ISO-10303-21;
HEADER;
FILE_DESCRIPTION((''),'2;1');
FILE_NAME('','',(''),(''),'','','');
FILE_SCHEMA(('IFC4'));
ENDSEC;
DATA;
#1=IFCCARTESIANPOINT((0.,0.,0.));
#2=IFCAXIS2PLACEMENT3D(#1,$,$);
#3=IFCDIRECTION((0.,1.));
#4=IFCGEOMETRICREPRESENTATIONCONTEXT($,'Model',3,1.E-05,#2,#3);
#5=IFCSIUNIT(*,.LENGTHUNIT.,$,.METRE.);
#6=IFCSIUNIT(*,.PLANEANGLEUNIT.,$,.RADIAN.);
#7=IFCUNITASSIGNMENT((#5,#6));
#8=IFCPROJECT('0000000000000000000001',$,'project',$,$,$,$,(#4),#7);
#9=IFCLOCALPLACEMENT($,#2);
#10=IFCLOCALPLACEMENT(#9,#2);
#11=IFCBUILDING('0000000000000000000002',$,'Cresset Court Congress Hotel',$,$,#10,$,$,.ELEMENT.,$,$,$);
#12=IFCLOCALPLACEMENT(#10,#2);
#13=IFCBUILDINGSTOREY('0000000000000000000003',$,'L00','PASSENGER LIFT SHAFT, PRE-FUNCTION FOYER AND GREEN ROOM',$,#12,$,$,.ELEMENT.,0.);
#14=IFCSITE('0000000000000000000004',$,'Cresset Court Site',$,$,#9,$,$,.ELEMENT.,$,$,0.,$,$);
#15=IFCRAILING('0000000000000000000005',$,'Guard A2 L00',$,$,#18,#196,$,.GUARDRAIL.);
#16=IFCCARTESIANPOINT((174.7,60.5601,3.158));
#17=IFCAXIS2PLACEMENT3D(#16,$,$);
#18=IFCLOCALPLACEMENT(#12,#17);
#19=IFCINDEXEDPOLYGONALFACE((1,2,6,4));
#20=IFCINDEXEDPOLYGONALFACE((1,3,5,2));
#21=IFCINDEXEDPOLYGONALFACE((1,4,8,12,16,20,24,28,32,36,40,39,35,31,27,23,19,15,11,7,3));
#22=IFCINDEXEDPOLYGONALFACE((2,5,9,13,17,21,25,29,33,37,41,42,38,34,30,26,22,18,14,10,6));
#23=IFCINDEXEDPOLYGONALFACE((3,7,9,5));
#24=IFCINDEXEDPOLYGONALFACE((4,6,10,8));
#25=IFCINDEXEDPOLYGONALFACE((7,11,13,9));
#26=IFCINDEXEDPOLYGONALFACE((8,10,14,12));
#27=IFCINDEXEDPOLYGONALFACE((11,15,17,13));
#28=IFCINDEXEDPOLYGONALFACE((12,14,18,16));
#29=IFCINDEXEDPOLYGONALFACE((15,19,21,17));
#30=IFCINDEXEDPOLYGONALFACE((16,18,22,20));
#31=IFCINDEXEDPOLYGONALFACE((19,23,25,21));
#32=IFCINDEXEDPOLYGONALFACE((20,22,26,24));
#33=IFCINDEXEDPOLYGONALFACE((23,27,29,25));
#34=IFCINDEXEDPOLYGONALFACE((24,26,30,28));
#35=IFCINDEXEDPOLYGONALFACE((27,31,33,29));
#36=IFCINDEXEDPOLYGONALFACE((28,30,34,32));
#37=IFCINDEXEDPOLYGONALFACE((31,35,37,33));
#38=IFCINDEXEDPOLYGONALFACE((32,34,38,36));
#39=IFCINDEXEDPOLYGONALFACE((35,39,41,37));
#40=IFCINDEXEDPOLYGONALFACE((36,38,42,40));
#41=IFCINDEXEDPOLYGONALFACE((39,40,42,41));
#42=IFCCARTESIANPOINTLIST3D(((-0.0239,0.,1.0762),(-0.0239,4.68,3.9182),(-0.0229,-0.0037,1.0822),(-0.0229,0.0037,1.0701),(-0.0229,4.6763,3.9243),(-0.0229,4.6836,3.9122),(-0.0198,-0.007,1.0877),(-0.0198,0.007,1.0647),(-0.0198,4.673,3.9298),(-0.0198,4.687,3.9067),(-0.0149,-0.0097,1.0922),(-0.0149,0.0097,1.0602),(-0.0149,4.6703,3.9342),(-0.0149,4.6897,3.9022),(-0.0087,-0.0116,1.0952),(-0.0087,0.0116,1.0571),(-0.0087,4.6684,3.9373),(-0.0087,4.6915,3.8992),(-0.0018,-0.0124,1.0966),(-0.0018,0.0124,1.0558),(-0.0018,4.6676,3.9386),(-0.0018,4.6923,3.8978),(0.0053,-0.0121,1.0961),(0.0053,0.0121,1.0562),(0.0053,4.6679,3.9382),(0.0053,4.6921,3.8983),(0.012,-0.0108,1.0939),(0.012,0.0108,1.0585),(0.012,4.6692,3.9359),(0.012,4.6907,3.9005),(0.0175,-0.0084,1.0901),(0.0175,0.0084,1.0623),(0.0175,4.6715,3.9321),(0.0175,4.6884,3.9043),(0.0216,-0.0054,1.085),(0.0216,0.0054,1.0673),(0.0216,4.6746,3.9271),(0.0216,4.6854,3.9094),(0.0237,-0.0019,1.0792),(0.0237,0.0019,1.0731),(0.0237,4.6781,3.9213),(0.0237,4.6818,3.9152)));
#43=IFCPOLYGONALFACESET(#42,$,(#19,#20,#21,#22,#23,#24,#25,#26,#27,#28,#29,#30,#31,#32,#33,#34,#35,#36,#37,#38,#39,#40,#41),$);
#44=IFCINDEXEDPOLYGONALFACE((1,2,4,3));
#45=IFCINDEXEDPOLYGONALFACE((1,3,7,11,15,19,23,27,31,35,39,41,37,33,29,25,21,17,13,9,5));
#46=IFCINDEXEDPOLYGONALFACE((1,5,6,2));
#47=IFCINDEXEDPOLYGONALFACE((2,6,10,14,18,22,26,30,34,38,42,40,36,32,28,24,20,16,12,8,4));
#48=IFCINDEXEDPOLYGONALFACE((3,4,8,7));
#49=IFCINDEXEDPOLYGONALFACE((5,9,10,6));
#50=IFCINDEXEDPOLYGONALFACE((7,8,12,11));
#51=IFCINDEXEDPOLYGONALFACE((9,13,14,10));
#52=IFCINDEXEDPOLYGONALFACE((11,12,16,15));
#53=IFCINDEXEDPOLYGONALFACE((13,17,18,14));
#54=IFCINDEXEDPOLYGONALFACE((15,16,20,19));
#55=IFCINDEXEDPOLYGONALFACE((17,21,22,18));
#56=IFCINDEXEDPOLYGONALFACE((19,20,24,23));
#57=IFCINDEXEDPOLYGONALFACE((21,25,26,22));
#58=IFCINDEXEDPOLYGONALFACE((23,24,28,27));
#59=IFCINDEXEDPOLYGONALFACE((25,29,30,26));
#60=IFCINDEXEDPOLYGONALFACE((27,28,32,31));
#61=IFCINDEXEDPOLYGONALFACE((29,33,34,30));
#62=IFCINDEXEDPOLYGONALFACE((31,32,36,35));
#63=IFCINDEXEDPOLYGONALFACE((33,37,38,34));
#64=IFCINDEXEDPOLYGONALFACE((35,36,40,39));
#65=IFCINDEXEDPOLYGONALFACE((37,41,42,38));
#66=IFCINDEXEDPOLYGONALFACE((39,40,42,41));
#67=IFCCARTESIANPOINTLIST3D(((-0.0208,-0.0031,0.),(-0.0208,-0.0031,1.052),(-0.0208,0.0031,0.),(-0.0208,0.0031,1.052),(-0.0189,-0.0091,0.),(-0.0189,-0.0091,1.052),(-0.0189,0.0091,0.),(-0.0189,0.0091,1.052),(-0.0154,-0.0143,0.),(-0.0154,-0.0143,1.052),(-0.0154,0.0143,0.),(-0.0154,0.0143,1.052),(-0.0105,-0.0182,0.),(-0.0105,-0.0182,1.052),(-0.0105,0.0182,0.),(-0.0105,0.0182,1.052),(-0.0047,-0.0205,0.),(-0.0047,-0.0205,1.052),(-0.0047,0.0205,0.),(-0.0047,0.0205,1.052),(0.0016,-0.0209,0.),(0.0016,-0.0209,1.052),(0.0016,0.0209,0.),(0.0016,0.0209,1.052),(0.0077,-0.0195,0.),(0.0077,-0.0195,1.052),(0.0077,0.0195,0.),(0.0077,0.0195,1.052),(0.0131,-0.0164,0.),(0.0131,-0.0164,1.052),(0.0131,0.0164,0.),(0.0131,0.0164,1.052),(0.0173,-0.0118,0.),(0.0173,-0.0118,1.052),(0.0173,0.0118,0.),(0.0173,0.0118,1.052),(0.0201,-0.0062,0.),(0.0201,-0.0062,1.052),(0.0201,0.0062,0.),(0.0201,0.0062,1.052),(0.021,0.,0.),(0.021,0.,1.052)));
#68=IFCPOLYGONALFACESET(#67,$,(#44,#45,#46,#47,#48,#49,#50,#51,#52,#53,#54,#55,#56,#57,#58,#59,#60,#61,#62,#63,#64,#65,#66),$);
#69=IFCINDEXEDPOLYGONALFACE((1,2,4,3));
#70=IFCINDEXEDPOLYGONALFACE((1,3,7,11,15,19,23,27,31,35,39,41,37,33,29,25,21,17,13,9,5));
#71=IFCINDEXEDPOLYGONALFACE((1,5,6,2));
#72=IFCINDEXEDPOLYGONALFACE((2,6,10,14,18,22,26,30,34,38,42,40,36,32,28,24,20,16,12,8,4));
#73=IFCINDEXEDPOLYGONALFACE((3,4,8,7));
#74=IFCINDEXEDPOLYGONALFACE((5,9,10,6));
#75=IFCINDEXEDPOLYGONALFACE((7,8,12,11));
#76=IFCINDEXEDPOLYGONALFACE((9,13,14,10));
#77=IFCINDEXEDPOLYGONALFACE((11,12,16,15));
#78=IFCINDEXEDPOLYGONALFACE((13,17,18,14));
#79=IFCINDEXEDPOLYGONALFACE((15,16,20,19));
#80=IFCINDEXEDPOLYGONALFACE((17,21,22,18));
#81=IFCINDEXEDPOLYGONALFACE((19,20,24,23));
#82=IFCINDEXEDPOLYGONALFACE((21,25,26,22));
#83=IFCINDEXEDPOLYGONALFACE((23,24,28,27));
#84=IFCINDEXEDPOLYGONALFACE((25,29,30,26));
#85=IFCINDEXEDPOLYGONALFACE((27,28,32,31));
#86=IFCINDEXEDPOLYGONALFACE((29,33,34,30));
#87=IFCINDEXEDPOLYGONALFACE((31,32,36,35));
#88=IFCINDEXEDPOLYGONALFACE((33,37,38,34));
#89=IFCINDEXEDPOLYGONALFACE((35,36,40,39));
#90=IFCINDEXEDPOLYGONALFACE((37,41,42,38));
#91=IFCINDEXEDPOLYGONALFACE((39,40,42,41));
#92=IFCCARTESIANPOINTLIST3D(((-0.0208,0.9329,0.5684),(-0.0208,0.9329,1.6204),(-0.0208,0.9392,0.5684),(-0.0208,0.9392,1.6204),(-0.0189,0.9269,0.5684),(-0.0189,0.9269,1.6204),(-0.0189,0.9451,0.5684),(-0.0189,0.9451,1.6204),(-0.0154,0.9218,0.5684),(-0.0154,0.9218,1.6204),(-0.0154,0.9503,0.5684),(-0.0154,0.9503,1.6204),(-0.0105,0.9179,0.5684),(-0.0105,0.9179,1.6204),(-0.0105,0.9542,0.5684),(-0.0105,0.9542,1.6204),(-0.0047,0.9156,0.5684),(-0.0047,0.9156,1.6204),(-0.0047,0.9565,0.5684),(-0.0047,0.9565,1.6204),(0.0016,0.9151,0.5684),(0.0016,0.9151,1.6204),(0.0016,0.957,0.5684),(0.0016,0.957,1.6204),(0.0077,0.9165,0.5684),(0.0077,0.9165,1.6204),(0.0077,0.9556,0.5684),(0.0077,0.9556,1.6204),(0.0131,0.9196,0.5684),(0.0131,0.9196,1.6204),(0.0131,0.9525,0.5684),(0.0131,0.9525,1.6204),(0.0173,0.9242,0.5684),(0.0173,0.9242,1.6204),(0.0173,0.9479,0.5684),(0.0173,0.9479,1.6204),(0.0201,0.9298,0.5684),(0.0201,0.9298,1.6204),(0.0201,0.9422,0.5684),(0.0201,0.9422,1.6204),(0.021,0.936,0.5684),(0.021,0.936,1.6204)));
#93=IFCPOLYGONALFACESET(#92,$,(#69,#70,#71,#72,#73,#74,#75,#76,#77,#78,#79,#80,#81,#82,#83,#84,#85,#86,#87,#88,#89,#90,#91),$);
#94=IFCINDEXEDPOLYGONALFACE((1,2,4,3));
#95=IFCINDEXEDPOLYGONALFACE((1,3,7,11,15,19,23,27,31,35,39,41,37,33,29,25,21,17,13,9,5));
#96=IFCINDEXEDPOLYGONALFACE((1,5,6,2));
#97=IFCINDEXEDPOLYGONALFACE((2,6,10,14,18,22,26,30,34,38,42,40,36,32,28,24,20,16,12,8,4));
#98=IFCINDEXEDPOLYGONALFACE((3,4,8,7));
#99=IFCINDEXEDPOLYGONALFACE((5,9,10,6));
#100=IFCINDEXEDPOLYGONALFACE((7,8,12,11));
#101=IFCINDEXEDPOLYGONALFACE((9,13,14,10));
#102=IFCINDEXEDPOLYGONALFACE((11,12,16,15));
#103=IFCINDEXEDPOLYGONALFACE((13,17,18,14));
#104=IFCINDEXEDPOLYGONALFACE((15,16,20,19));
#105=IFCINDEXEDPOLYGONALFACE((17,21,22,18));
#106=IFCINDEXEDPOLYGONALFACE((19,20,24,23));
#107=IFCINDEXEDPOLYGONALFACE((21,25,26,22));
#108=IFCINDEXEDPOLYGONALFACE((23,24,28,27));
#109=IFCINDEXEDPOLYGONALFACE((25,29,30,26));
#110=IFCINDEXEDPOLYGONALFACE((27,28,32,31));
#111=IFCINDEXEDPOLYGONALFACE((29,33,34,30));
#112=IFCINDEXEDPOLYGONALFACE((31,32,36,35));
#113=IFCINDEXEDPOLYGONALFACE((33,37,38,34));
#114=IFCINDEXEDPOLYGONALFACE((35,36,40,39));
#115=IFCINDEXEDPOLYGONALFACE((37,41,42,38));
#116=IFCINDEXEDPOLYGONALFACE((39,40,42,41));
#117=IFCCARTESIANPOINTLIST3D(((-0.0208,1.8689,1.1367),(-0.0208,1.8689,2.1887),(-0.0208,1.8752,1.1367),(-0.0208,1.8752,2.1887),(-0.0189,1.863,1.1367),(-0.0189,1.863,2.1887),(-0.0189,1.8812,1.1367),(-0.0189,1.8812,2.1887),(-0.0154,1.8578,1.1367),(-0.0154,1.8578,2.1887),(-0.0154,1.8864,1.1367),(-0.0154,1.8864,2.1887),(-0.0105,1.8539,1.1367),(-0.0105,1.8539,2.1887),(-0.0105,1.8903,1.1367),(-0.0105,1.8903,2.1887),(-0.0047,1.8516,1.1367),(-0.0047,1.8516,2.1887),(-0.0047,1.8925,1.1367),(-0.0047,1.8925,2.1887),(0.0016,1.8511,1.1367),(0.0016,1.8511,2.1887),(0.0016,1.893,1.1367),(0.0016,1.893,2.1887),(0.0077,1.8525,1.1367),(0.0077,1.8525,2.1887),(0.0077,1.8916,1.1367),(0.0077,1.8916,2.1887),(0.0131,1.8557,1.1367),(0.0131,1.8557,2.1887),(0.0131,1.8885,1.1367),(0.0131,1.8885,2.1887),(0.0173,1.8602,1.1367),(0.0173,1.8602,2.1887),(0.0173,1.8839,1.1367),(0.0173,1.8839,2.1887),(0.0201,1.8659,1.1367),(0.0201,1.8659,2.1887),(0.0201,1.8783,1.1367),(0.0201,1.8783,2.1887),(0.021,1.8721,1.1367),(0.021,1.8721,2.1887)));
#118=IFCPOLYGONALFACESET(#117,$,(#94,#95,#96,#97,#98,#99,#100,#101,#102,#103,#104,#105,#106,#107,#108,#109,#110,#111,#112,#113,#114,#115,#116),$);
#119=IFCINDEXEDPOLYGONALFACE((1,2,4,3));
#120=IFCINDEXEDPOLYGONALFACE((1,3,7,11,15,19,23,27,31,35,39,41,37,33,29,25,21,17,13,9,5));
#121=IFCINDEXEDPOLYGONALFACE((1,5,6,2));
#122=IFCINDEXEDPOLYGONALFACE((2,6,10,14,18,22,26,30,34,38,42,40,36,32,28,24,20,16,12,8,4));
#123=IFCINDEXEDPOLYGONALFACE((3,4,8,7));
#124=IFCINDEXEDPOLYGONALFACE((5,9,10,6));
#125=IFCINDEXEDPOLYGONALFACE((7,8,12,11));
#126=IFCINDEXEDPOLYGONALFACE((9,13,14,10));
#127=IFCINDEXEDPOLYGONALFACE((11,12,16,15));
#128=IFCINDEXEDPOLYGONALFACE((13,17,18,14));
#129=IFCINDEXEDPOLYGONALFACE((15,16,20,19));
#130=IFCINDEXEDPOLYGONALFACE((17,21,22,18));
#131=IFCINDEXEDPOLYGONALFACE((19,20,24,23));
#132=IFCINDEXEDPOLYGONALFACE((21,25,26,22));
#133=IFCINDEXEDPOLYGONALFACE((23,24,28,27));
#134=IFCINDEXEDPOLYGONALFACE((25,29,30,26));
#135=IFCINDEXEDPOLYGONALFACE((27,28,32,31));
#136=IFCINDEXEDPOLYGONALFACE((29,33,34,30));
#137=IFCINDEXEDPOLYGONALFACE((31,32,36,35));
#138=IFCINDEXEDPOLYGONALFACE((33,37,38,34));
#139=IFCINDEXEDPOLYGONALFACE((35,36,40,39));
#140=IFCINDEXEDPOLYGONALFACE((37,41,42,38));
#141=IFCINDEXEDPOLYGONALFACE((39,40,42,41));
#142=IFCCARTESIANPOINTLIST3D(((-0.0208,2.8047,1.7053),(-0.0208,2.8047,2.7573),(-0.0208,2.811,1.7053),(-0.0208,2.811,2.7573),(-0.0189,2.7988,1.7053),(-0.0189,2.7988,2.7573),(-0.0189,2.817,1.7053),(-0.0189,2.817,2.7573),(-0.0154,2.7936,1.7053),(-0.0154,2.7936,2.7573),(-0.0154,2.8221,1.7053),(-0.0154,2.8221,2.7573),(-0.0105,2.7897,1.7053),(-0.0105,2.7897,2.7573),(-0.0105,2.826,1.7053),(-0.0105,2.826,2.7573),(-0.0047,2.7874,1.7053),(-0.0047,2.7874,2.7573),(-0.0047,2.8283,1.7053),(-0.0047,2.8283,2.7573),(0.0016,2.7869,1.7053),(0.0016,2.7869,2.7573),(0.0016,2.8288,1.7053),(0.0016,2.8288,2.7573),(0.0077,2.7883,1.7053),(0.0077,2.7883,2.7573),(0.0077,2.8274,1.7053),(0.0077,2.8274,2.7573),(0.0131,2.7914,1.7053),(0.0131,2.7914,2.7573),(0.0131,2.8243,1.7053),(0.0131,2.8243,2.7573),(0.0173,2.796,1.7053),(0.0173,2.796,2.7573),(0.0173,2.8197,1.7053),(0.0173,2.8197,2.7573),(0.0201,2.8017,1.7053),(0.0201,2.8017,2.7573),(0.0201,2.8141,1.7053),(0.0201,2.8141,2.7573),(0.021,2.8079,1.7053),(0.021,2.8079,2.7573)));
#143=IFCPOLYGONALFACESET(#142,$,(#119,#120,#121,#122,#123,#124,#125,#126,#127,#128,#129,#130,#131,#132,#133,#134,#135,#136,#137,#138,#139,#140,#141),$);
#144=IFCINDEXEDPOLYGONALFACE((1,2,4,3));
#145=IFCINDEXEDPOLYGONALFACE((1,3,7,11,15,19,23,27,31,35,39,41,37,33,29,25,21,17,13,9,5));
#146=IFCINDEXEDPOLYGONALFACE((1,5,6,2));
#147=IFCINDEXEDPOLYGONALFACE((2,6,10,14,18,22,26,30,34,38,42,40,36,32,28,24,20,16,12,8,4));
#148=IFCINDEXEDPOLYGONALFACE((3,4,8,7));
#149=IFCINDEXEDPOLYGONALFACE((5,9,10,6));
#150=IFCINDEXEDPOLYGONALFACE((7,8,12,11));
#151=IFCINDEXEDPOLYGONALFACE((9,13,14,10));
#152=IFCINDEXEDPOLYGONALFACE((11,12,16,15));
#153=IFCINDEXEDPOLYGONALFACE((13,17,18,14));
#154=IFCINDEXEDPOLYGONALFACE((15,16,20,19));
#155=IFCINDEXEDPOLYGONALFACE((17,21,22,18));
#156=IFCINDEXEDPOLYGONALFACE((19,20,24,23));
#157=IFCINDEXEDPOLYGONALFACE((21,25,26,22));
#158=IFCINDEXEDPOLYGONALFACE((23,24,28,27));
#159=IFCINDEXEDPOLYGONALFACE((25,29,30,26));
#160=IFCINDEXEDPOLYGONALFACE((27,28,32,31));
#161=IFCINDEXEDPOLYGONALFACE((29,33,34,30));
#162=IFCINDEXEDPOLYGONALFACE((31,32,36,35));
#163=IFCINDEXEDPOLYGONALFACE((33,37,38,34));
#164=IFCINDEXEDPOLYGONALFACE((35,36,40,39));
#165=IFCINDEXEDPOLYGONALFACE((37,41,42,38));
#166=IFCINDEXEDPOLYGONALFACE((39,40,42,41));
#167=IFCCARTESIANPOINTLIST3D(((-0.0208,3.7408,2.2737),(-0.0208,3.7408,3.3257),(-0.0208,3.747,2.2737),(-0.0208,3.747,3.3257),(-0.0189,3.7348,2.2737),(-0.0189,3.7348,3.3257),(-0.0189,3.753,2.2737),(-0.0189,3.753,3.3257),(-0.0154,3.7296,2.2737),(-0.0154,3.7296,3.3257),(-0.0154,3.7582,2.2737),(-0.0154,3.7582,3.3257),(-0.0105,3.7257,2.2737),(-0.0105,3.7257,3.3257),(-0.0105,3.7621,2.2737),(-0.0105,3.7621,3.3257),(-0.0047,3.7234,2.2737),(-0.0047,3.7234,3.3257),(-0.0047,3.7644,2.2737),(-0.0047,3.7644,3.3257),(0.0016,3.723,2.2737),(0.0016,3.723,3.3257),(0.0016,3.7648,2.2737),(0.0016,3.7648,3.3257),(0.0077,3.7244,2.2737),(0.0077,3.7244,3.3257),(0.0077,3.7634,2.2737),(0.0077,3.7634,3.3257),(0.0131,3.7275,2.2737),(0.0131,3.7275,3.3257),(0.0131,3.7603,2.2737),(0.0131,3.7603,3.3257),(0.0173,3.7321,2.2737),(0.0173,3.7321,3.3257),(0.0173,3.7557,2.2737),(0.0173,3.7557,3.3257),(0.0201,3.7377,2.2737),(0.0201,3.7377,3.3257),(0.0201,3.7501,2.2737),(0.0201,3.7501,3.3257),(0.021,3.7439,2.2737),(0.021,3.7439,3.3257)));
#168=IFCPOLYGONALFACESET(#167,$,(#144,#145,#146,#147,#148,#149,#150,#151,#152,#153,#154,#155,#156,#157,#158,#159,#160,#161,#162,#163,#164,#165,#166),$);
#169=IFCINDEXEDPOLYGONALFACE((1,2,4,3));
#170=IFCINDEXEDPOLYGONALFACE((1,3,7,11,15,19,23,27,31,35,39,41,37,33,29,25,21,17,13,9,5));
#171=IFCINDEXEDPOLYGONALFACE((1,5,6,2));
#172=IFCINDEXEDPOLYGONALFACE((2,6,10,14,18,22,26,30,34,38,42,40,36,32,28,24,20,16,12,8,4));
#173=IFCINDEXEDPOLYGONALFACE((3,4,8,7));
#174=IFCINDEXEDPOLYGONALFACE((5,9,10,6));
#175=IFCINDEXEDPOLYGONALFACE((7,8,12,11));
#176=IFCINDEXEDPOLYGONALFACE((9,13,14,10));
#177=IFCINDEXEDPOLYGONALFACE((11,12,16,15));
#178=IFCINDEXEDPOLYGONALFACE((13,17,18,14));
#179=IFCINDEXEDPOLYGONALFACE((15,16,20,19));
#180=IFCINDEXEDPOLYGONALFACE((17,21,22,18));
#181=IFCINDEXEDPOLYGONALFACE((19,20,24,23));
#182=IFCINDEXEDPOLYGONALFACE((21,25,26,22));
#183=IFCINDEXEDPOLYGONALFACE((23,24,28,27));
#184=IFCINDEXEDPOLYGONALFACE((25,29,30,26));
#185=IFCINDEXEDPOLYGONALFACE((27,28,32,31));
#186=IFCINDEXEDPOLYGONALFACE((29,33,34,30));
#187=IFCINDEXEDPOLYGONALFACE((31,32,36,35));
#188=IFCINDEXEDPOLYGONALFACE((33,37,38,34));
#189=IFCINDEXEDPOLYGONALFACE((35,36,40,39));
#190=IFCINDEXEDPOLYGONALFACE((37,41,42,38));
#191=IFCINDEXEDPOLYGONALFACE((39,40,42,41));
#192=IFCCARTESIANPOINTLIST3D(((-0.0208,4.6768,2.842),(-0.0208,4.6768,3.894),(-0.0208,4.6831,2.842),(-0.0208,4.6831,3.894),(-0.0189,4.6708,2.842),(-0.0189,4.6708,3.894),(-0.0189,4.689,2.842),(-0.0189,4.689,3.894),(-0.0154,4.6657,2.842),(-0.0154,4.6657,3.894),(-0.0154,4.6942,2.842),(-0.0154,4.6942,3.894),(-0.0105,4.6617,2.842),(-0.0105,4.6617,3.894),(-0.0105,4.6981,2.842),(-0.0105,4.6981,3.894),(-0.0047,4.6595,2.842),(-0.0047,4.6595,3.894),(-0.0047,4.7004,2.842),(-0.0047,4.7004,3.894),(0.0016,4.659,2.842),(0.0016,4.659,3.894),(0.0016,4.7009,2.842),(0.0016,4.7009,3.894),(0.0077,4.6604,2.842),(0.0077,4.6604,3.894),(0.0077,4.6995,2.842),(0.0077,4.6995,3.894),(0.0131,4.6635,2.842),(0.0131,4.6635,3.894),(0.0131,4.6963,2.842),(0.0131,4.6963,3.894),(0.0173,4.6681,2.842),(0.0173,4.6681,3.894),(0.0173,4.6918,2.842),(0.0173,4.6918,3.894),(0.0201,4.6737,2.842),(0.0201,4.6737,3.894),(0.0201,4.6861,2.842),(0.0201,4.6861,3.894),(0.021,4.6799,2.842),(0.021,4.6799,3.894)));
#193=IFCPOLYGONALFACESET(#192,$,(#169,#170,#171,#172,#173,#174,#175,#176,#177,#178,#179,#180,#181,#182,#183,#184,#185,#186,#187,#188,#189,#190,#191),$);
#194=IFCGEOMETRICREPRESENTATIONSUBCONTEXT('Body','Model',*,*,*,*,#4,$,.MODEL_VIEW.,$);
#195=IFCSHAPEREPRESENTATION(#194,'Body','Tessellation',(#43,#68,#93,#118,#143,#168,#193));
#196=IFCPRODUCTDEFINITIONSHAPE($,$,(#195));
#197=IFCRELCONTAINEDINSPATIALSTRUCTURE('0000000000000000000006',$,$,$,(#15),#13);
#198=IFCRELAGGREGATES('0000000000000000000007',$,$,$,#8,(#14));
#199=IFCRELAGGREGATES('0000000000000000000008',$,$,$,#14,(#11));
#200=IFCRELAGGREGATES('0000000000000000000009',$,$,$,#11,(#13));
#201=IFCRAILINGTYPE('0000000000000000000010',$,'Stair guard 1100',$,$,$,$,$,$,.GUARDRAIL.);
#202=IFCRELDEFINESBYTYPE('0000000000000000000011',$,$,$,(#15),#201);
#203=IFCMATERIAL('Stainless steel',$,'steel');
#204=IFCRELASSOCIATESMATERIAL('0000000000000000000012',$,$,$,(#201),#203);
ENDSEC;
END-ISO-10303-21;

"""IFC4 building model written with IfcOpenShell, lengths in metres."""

from ifc_helpers import new_model, si_unit, direction, frame, origin, origin_2d, place, context, subcontext, project, spatial, circle, extrude, material, type_object, element, save


model = new_model("IFC4")

# Units and contexts
model_context = context("Model", 3, precision=1e-05, world=origin(), true_north=direction((0.0, 1.0)))
body_context = subcontext(model_context, "Body", "Model", "MODEL_VIEW")
ifc_project = project(units=[si_unit("LENGTHUNIT", "METRE"), si_unit("PLANEANGLEUNIT", "RADIAN")], contexts=[model_context])

# Site, building, storey
site_placement = place(None, origin())
site = spatial("IfcSite", under=ifc_project, at=site_placement, Name="Cresset Court Site", CompositionType="ELEMENT", RefElevation=0.0)
building_placement = place(site_placement, origin())
building = spatial("IfcBuilding", under=site, at=building_placement, Name="Cresset Court Congress Hotel", CompositionType="ELEMENT")
storey_placement = place(building_placement, origin())
storey = spatial("IfcBuildingStorey", under=building, at=storey_placement, Name="L00", Description="PASSENGER LIFT SHAFT, PRE-FUNCTION FOYER AND GREEN ROOM", CompositionType="ELEMENT", Elevation=0.0)

# Railing
ifc_material_1 = material(Name="Stainless steel", Category="steel")
railing_type_1 = type_object("IfcRailingType", Name="Stair guard 1100", PredefinedType="GUARDRAIL", material=ifc_material_1)
railing_1_placement = place(storey_placement, frame((174.7, 60.5601, 3.158)))
element("IfcRailing", 1, at=railing_1_placement, inside=storey, type_object=railing_type_1, Name="Guard A2 L00", PredefinedType="GUARDRAIL", context=body_context, shape_type="SweptSolid", body=[
    extrude(circle(Radius=0.0239, at=origin_2d()), frame((0.0, 0.0, 1.0762), z_axis=(0.0, 0.854735, 0.519065), x_axis=(-1.0, 0.0, 0.0)), (0.0, 0.0, 1.0), 5.4753),
    extrude(circle(Radius=0.021, at=origin_2d()), origin(), (0.0, 0.0, 1.0), 1.052),
    extrude(circle(Radius=0.021, at=origin_2d()), frame((0.0, 0.936, 0.5684)), (0.0, 0.0, 1.0), 1.052),
    extrude(circle(Radius=0.021, at=origin_2d()), frame((0.0, 1.8721, 1.1367)), (0.0, 0.0, 1.0), 1.052),
    extrude(circle(Radius=0.021, at=origin_2d()), frame((0.0, 2.8079, 1.7053)), (0.0, 0.0, 1.0), 1.052),
    extrude(circle(Radius=0.021, at=origin_2d()), frame((0.0, 3.7439, 2.2737)), (0.0, 0.0, 1.0), 1.052),
    extrude(circle(Radius=0.021, at=origin_2d()), frame((0.0, 4.6799, 2.842)), (0.0, 0.0, 1.0), 1.052),
])

save(model, "model.ifc")
